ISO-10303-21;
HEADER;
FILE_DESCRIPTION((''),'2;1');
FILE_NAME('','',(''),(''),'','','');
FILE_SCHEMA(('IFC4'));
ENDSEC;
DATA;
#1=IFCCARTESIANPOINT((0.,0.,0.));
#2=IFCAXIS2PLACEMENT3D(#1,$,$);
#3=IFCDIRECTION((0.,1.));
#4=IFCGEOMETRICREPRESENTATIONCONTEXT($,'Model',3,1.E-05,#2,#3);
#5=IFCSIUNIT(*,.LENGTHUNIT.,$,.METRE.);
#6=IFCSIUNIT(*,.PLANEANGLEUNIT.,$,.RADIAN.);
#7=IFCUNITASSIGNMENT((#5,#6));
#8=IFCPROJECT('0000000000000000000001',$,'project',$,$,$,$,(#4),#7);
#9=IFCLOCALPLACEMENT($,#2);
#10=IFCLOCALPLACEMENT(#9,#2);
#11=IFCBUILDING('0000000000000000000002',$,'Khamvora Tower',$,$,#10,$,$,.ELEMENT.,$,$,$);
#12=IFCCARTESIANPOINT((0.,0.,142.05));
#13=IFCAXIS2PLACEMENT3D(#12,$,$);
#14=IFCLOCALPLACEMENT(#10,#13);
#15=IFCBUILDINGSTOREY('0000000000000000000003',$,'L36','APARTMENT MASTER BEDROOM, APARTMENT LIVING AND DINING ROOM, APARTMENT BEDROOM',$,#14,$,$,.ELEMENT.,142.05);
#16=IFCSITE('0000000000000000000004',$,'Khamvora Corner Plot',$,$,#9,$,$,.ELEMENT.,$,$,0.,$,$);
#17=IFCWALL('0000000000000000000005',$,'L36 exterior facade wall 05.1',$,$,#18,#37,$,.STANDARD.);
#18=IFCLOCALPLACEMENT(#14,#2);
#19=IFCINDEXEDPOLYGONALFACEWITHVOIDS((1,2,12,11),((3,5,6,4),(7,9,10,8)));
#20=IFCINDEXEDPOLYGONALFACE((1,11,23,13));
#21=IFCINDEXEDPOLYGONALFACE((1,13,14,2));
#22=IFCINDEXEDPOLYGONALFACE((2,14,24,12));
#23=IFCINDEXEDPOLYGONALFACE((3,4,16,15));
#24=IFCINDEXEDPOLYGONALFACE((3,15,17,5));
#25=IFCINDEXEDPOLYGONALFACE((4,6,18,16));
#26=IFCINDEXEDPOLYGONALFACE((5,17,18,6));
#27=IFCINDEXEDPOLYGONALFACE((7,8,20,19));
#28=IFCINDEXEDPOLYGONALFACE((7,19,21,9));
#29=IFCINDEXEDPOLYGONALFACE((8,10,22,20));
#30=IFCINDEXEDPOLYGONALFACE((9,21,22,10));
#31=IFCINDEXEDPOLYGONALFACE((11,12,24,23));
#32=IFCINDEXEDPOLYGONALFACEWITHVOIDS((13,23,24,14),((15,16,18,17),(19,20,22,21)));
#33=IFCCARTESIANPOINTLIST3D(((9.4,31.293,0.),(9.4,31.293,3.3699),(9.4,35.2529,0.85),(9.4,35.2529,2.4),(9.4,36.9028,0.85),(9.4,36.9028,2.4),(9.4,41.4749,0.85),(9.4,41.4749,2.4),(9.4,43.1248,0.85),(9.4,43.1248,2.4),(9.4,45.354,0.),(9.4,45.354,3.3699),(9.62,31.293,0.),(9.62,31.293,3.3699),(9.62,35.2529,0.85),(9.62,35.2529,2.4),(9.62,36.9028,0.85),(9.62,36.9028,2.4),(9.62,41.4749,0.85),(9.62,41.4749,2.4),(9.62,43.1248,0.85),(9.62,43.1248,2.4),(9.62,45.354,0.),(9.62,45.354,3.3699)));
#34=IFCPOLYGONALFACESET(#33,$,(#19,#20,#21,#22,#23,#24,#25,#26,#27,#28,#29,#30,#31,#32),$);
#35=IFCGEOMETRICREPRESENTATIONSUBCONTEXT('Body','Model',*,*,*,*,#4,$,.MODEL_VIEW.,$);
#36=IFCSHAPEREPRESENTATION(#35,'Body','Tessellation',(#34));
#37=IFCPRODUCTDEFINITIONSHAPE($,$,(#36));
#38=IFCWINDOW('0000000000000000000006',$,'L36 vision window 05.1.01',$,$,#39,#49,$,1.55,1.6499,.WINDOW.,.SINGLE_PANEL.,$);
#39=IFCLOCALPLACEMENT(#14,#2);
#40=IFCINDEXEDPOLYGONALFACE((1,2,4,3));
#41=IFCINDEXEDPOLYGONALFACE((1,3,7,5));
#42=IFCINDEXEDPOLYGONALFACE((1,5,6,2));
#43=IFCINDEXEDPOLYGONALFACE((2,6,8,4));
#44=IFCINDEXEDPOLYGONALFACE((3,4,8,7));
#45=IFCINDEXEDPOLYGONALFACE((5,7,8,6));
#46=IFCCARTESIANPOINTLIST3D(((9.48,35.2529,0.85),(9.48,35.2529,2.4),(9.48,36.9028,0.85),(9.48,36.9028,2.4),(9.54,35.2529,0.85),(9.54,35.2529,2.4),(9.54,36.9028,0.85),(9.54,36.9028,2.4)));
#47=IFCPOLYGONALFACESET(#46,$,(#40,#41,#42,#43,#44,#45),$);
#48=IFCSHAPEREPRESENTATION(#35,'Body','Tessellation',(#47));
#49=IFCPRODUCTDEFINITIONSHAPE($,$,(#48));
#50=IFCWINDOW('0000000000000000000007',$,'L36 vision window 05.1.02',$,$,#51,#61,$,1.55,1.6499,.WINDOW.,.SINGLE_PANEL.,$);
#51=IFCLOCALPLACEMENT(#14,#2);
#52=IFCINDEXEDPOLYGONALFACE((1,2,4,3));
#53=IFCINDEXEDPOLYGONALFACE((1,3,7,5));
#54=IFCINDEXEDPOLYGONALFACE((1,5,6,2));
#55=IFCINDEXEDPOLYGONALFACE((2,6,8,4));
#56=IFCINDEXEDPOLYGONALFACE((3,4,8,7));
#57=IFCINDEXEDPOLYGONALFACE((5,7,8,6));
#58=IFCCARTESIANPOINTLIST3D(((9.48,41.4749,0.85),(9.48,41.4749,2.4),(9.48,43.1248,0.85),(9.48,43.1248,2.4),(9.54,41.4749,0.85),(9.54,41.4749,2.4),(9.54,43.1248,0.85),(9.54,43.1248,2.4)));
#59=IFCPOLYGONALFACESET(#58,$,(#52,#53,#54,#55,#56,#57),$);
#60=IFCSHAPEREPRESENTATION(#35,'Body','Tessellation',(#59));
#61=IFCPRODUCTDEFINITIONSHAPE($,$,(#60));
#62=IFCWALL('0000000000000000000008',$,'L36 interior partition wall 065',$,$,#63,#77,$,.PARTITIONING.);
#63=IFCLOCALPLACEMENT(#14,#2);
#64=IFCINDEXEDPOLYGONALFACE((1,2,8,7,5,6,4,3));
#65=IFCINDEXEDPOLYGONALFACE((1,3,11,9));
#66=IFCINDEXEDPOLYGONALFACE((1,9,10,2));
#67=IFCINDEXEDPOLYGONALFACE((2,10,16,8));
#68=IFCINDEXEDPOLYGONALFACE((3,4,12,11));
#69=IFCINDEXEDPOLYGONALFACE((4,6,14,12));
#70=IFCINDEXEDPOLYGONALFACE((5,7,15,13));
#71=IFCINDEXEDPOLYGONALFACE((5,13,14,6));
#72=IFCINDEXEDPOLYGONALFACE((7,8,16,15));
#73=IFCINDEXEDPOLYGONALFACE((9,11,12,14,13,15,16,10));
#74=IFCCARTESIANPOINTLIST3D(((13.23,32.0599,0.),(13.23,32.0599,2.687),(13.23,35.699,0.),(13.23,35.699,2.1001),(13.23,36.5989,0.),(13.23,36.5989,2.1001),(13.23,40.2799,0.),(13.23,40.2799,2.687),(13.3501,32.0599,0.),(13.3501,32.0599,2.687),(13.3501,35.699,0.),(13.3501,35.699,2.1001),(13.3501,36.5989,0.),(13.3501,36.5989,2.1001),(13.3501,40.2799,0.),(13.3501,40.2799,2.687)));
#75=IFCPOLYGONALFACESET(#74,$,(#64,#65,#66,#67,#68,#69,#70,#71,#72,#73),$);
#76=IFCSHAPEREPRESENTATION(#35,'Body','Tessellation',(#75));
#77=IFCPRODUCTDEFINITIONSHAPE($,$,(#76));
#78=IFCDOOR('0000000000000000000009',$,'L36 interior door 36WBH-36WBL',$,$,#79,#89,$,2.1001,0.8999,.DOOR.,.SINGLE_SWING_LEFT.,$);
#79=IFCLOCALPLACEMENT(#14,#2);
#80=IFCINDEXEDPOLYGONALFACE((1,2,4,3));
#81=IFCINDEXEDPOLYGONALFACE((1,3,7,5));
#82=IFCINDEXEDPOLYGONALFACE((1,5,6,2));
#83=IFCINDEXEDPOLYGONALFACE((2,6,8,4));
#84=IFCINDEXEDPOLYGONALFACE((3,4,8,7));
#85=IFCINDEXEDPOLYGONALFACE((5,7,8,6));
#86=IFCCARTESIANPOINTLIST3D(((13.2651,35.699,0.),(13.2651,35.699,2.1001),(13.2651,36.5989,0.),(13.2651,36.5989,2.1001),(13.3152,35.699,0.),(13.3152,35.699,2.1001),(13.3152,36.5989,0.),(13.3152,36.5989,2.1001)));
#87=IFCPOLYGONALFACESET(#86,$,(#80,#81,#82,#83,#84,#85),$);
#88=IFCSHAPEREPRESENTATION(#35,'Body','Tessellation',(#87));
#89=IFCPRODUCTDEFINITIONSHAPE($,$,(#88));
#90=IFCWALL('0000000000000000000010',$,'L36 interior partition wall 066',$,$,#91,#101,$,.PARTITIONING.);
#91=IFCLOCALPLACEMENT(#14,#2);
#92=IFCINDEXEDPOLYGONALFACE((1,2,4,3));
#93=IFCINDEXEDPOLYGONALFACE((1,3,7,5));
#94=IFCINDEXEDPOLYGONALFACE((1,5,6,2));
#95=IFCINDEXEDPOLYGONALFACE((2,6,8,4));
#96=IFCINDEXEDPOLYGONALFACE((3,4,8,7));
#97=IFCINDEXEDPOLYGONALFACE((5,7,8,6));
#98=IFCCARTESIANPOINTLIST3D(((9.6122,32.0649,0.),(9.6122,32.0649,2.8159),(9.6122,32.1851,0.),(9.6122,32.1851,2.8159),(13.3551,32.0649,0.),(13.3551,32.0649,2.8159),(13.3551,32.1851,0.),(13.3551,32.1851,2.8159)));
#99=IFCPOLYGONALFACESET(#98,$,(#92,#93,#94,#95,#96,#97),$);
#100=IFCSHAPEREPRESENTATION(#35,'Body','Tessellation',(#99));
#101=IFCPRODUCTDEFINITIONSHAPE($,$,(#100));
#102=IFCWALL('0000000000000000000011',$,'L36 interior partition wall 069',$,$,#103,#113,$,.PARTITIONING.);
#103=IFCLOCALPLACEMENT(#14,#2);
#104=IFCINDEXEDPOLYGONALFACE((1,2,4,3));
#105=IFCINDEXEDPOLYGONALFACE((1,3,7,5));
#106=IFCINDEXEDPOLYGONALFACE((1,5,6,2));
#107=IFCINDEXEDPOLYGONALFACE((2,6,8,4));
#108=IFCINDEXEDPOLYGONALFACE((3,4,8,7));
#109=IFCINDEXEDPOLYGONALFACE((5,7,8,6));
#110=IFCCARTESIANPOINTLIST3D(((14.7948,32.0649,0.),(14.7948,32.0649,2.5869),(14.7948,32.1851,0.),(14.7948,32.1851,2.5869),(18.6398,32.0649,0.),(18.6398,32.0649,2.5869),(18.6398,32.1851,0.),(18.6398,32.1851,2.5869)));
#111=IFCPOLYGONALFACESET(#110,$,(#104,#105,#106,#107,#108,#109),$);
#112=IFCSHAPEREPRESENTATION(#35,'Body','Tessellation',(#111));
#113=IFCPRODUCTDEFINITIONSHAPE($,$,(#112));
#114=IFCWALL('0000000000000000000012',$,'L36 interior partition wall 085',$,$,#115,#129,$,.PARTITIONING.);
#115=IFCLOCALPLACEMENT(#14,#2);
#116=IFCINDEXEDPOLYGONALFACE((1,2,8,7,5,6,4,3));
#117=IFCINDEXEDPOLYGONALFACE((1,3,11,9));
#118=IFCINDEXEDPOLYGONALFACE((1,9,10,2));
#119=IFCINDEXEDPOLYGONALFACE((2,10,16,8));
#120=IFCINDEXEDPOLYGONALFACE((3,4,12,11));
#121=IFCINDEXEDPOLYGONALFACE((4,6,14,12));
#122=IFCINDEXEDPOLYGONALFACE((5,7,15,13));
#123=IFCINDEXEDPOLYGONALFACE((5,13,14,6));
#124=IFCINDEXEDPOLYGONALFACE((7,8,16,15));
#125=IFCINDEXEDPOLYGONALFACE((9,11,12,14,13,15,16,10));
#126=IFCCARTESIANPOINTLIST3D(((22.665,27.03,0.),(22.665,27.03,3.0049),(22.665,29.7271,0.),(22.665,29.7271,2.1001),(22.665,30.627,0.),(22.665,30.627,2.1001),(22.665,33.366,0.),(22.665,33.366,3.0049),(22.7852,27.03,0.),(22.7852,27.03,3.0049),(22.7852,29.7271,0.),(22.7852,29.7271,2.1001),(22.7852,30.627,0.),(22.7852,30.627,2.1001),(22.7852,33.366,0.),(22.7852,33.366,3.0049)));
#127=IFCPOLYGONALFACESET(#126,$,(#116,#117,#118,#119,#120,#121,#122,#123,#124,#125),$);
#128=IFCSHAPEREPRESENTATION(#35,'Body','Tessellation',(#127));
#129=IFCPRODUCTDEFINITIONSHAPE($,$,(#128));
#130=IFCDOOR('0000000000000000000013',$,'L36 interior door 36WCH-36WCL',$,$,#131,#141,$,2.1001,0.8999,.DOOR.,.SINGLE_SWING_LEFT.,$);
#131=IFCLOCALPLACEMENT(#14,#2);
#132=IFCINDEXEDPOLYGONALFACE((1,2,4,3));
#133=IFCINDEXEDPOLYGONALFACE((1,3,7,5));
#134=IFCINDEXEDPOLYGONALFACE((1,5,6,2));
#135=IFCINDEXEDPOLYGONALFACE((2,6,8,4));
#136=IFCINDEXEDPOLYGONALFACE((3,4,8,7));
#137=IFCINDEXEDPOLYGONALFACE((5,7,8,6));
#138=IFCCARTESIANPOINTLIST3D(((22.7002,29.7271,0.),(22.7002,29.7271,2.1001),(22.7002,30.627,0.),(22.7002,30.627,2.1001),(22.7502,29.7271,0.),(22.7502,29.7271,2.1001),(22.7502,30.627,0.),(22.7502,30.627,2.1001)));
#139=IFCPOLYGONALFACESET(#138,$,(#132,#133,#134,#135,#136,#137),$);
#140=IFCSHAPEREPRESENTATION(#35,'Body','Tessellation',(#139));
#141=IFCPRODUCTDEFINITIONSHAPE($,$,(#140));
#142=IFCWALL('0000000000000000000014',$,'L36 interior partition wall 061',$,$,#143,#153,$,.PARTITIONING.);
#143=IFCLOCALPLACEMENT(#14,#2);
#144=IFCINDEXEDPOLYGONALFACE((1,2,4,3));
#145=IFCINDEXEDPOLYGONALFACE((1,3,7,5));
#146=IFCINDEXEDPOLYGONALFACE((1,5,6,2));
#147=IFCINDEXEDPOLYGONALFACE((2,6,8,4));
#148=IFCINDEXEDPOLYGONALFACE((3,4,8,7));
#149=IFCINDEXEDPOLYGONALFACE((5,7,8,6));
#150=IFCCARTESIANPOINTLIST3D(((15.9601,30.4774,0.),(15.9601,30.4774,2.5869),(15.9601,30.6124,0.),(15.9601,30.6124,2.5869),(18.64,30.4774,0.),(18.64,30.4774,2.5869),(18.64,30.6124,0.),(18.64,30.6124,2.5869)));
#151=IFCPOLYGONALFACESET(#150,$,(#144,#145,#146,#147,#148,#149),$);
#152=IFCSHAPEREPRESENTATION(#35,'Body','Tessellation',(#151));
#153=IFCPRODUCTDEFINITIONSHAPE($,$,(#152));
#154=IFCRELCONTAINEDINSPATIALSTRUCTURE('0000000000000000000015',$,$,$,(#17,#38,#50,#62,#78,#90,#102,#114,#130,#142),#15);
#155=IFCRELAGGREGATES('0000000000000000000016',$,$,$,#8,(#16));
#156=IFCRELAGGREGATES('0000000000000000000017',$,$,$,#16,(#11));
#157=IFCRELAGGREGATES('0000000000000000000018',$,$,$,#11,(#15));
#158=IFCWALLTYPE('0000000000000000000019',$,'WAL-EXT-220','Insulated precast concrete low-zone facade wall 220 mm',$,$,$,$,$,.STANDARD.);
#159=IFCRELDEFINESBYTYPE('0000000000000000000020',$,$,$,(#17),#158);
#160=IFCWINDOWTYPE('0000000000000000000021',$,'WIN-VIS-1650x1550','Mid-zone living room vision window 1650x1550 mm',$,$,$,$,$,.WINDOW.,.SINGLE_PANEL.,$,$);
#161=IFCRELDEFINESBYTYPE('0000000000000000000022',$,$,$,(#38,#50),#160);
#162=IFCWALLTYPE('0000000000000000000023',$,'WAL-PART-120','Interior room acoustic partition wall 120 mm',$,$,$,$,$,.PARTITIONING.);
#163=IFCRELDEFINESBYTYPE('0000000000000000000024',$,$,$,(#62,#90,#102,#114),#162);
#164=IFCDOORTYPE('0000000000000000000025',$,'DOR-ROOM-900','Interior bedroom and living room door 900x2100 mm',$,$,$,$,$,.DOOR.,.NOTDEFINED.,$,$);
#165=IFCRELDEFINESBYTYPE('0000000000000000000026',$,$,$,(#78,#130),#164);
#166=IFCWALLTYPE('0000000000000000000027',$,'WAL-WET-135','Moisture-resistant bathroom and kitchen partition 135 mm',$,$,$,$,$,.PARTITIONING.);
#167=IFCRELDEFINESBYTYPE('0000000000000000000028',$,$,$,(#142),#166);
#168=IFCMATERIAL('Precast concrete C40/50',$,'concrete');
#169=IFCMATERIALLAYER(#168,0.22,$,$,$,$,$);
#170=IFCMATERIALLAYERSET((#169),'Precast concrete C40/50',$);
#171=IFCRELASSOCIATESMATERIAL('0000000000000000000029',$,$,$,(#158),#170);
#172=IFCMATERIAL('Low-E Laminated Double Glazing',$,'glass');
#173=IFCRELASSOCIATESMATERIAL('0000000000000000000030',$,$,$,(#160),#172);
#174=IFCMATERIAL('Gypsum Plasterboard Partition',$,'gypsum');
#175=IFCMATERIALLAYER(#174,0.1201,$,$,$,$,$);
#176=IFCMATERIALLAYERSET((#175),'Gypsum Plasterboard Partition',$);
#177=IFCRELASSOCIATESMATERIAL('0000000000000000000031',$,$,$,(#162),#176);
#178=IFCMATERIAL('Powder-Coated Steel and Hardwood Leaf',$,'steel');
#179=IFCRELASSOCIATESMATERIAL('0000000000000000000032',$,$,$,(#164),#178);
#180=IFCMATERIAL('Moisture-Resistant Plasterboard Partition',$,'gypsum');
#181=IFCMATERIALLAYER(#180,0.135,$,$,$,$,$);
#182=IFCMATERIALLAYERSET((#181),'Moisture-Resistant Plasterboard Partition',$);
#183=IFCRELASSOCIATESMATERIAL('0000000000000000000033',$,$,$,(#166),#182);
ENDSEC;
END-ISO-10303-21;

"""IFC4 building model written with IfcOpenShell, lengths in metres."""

from ifc_helpers import new_model, si_unit, direction, frame, frame_2d, origin, place, context, subcontext, project, spatial, rectangle, extrude, material, layer, layer_set, type_object, element, fill, save


model = new_model("IFC4")

# Units and contexts
model_context = context("Model", 3, precision=1e-05, world=origin(), true_north=direction((0.0, 1.0)))
body_context = subcontext(model_context, "Body", "Model", "MODEL_VIEW")
ifc_project = project(units=[si_unit("LENGTHUNIT", "METRE"), si_unit("PLANEANGLEUNIT", "RADIAN")], contexts=[model_context])

# Site, building, storey
site_placement = place(None, origin())
site = spatial("IfcSite", under=ifc_project, at=site_placement, Name="Khamvora Corner Plot", CompositionType="ELEMENT", RefElevation=0.0)
building_placement = place(site_placement, origin())
building = spatial("IfcBuilding", under=site, at=building_placement, Name="Khamvora Tower", CompositionType="ELEMENT")
storey_placement = place(building_placement, frame((0.0, 0.0, 142.05)))
storey = spatial("IfcBuildingStorey", under=building, at=storey_placement, Name="L36", Description="APARTMENT MASTER BEDROOM, APARTMENT LIVING AND DINING ROOM, APARTMENT BEDROOM", CompositionType="ELEMENT", Elevation=142.05)

# Shared definitions
ifc_material_1 = material(Name="Powder-Coated Steel and Hardwood Leaf", Category="steel")

# Shared definitions
ifc_material_2 = material(Name="Precast concrete C40/50", Category="concrete")
ifc_layer_1 = layer(ifc_material_2, 0.22)
ifc_layer_set_1 = layer_set([ifc_layer_1], Name="Precast concrete C40/50")
wall_type_1 = type_object("IfcWallType", Name="WAL-EXT-220", Description="Insulated precast concrete low-zone facade wall 220 mm", PredefinedType="STANDARD", material=ifc_layer_set_1)

# Wall, openings, windows
wall_1_placement = place(storey_placement, frame((9.51, 31.293, 0.0), z_axis=(0.0, 0.0, 1.0), x_axis=(0.0, 1.0, 0.0)))
wall_1 = element("IfcWall", 1, at=wall_1_placement, inside=storey, type_object=wall_type_1, Name="L36 exterior facade wall 05.1", PredefinedType="STANDARD", context=body_context, shape_type="SweptSolid", body=[
    extrude(rectangle(XDim=14.061, YDim=0.22, at=frame_2d((7.0305, 0.0))), origin(), (0.0, 0.0, 1.0), 3.3699),
])
opening_1_placement = place(wall_1_placement, frame((3.96, 0.0, 0.8501)))
opening_1 = element("IfcOpeningElement", 2, at=opening_1_placement, cuts=wall_1, PredefinedType="OPENING", context=body_context, shape_type="SweptSolid", body=[
    extrude(rectangle(XDim=1.6499, YDim=1.55, at=frame_2d((0.825, 0.7749))), frame((0.0, 0.1199, 0.0), z_axis=(0.0, -1.0, 0.0), x_axis=(1.0, 0.0, 0.0)), (0.0, 0.0, 1.0), 0.24),
])
opening_2_placement = place(wall_1_placement, frame((10.1819, 0.0, 0.8501)))
opening_2 = element("IfcOpeningElement", 3, at=opening_2_placement, cuts=wall_1, PredefinedType="OPENING", context=body_context, shape_type="SweptSolid", body=[
    extrude(rectangle(XDim=1.6499, YDim=1.55, at=frame_2d((0.825, 0.7749))), frame((0.0, 0.1199, 0.0), z_axis=(0.0, -1.0, 0.0), x_axis=(1.0, 0.0, 0.0)), (0.0, 0.0, 1.0), 0.24),
])
ifc_material_3 = material(Name="Low-E Laminated Double Glazing", Category="glass")
window_type = type_object("IfcWindowType", Name="WIN-VIS-1650x1550", Description="Mid-zone living room vision window 1650x1550 mm", PartitioningType="SINGLE_PANEL", PredefinedType="WINDOW", material=ifc_material_3)
window_1_placement = place(opening_1_placement, origin())
window_1 = element("IfcWindow", 4, at=window_1_placement, inside=storey, type_object=window_type, Name="L36 vision window 05.1.01", OverallHeight=1.55, OverallWidth=1.6499, PartitioningType="SINGLE_PANEL", PredefinedType="WINDOW", context=body_context, shape_type="SweptSolid", body=[
    extrude(rectangle(XDim=1.6499, YDim=1.55, at=frame_2d((0.825, 0.7749))), frame((0.0, 0.03, 0.0), z_axis=(0.0, -1.0, 0.0), x_axis=(1.0, 0.0, 0.0)), (0.0, 0.0, 1.0), 0.0601),
])
fill(opening_1, window_1)
window_2_placement = place(opening_2_placement, origin())
window_2 = element("IfcWindow", 5, at=window_2_placement, inside=storey, type_object=window_type, Name="L36 vision window 05.1.02", OverallHeight=1.55, OverallWidth=1.6499, PartitioningType="SINGLE_PANEL", PredefinedType="WINDOW", context=body_context, shape_type="SweptSolid", body=[
    extrude(rectangle(XDim=1.6499, YDim=1.55, at=frame_2d((0.825, 0.7749))), frame((0.0, 0.03, 0.0), z_axis=(0.0, -1.0, 0.0), x_axis=(1.0, 0.0, 0.0)), (0.0, 0.0, 1.0), 0.0601),
])
fill(opening_2, window_2)

# Wall, opening, door
ifc_material_4 = material(Name="Gypsum Plasterboard Partition", Category="gypsum")
ifc_layer_2 = layer(ifc_material_4, 0.1201)
ifc_layer_set_2 = layer_set([ifc_layer_2], Name="Gypsum Plasterboard Partition")
wall_type_2 = type_object("IfcWallType", Name="WAL-PART-120", Description="Interior room acoustic partition wall 120 mm", PredefinedType="PARTITIONING", material=ifc_layer_set_2)
wall_2_placement = place(storey_placement, frame((13.29, 32.0601, 0.0), z_axis=(0.0, 0.0, 1.0), x_axis=(0.0, 1.0, 0.0)))
wall_2 = element("IfcWall", 6, at=wall_2_placement, inside=storey, type_object=wall_type_2, Name="L36 interior partition wall 065", PredefinedType="PARTITIONING", context=body_context, shape_type="SweptSolid", body=[
    extrude(rectangle(XDim=8.22, YDim=0.1201, at=frame_2d((4.1099, 0.0))), origin(), (0.0, 0.0, 1.0), 2.687),
])
opening_3_placement = place(wall_2_placement, frame((3.6389, 0.0, 0.0)))
opening_3 = element("IfcOpeningElement", 7, at=opening_3_placement, cuts=wall_2, PredefinedType="OPENING", context=body_context, shape_type="SweptSolid", body=[
    extrude(rectangle(XDim=0.8999, YDim=2.1001, at=frame_2d((0.45, 1.05))), frame((0.0, 0.0701, 0.0), z_axis=(0.0, -1.0, 0.0), x_axis=(1.0, 0.0, 0.0)), (0.0, 0.0, 1.0), 0.1401),
])
door_type_1 = type_object("IfcDoorType", Name="DOR-ROOM-900", Description="Interior bedroom and living room door 900x2100 mm", OperationType="NOTDEFINED", PredefinedType="DOOR", material=ifc_material_1)
door_1_placement = place(opening_3_placement, origin())
door_1 = element("IfcDoor", 8, at=door_1_placement, inside=storey, type_object=door_type_1, Name="L36 interior door 36WBH-36WBL", OperationType="SINGLE_SWING_LEFT", OverallHeight=2.1001, OverallWidth=0.8999, PredefinedType="DOOR", context=body_context, shape_type="SweptSolid", body=[
    extrude(rectangle(XDim=0.8999, YDim=2.1001, at=frame_2d((0.45, 1.05))), frame((0.0, 0.0249, 0.0), z_axis=(0.0, -1.0, 0.0), x_axis=(1.0, 0.0, 0.0)), (0.0, 0.0, 1.0), 0.05),
])
fill(opening_3, door_1)

# Walls
wall_3_placement = place(storey_placement, frame((9.6121, 32.125, 0.0), z_axis=(0.0, 0.0, 1.0), x_axis=(1.0, 0.0, 0.0)))
element("IfcWall", 9, at=wall_3_placement, inside=storey, type_object=wall_type_2, Name="L36 interior partition wall 066", PredefinedType="PARTITIONING", context=body_context, shape_type="SweptSolid", body=[
    extrude(rectangle(XDim=3.7429, YDim=0.1201, at=frame_2d((1.8716, 0.0))), origin(), (0.0, 0.0, 1.0), 2.8159),
])
wall_4_placement = place(storey_placement, frame((14.7949, 32.125, 0.0), z_axis=(0.0, 0.0, 1.0), x_axis=(1.0, 0.0, 0.0)))
element("IfcWall", 10, at=wall_4_placement, inside=storey, type_object=wall_type_2, Name="L36 interior partition wall 069", PredefinedType="PARTITIONING", context=body_context, shape_type="SweptSolid", body=[
    extrude(rectangle(XDim=3.845, YDim=0.1201, at=frame_2d((1.9224, 0.0))), origin(), (0.0, 0.0, 1.0), 2.5869),
])

# Wall, opening, door
wall_5_placement = place(storey_placement, frame((22.7251, 27.03, 0.0), z_axis=(0.0, 0.0, 1.0), x_axis=(0.0, 1.0, 0.0)))
wall_5 = element("IfcWall", 11, at=wall_5_placement, inside=storey, type_object=wall_type_2, Name="L36 interior partition wall 085", PredefinedType="PARTITIONING", context=body_context, shape_type="SweptSolid", body=[
    extrude(rectangle(XDim=6.3359, YDim=0.1201, at=frame_2d((3.168, 0.0))), origin(), (0.0, 0.0, 1.0), 3.0049),
])
opening_4_placement = place(wall_5_placement, frame((2.697, 0.0, 0.0)))
opening_4 = element("IfcOpeningElement", 12, at=opening_4_placement, cuts=wall_5, PredefinedType="OPENING", context=body_context, shape_type="SweptSolid", body=[
    extrude(rectangle(XDim=0.8999, YDim=2.1001, at=frame_2d((0.45, 1.05))), frame((0.0, 0.0701, 0.0), z_axis=(0.0, -1.0, 0.0), x_axis=(1.0, 0.0, 0.0)), (0.0, 0.0, 1.0), 0.1401),
])
door_2_placement = place(opening_4_placement, origin())
door_2 = element("IfcDoor", 13, at=door_2_placement, inside=storey, type_object=door_type_1, Name="L36 interior door 36WCH-36WCL", OperationType="SINGLE_SWING_LEFT", OverallHeight=2.1001, OverallWidth=0.8999, PredefinedType="DOOR", context=body_context, shape_type="SweptSolid", body=[
    extrude(rectangle(XDim=0.8999, YDim=2.1001, at=frame_2d((0.45, 1.05))), frame((0.0, 0.0249, 0.0), z_axis=(0.0, -1.0, 0.0), x_axis=(1.0, 0.0, 0.0)), (0.0, 0.0, 1.0), 0.05),
])
fill(opening_4, door_2)

# Wall
ifc_material_5 = material(Name="Moisture-Resistant Plasterboard Partition", Category="gypsum")
ifc_layer_3 = layer(ifc_material_5, 0.135)
ifc_layer_set_3 = layer_set([ifc_layer_3], Name="Moisture-Resistant Plasterboard Partition")
wall_type_3 = type_object("IfcWallType", Name="WAL-WET-135", Description="Moisture-resistant bathroom and kitchen partition 135 mm", PredefinedType="PARTITIONING", material=ifc_layer_set_3)
wall_6_placement = place(storey_placement, frame((18.6399, 30.5449, 0.0), z_axis=(0.0, 0.0, 1.0), x_axis=(-1.0, 0.0, 0.0)))
element("IfcWall", 14, at=wall_6_placement, inside=storey, type_object=wall_type_3, Name="L36 interior partition wall 061", PredefinedType="PARTITIONING", context=body_context, shape_type="SweptSolid", body=[
    extrude(rectangle(XDim=2.6799, YDim=0.135, at=frame_2d((1.3398, 0.0))), origin(), (0.0, 0.0, 1.0), 2.5869),
])

save(model, "model.ifc")
